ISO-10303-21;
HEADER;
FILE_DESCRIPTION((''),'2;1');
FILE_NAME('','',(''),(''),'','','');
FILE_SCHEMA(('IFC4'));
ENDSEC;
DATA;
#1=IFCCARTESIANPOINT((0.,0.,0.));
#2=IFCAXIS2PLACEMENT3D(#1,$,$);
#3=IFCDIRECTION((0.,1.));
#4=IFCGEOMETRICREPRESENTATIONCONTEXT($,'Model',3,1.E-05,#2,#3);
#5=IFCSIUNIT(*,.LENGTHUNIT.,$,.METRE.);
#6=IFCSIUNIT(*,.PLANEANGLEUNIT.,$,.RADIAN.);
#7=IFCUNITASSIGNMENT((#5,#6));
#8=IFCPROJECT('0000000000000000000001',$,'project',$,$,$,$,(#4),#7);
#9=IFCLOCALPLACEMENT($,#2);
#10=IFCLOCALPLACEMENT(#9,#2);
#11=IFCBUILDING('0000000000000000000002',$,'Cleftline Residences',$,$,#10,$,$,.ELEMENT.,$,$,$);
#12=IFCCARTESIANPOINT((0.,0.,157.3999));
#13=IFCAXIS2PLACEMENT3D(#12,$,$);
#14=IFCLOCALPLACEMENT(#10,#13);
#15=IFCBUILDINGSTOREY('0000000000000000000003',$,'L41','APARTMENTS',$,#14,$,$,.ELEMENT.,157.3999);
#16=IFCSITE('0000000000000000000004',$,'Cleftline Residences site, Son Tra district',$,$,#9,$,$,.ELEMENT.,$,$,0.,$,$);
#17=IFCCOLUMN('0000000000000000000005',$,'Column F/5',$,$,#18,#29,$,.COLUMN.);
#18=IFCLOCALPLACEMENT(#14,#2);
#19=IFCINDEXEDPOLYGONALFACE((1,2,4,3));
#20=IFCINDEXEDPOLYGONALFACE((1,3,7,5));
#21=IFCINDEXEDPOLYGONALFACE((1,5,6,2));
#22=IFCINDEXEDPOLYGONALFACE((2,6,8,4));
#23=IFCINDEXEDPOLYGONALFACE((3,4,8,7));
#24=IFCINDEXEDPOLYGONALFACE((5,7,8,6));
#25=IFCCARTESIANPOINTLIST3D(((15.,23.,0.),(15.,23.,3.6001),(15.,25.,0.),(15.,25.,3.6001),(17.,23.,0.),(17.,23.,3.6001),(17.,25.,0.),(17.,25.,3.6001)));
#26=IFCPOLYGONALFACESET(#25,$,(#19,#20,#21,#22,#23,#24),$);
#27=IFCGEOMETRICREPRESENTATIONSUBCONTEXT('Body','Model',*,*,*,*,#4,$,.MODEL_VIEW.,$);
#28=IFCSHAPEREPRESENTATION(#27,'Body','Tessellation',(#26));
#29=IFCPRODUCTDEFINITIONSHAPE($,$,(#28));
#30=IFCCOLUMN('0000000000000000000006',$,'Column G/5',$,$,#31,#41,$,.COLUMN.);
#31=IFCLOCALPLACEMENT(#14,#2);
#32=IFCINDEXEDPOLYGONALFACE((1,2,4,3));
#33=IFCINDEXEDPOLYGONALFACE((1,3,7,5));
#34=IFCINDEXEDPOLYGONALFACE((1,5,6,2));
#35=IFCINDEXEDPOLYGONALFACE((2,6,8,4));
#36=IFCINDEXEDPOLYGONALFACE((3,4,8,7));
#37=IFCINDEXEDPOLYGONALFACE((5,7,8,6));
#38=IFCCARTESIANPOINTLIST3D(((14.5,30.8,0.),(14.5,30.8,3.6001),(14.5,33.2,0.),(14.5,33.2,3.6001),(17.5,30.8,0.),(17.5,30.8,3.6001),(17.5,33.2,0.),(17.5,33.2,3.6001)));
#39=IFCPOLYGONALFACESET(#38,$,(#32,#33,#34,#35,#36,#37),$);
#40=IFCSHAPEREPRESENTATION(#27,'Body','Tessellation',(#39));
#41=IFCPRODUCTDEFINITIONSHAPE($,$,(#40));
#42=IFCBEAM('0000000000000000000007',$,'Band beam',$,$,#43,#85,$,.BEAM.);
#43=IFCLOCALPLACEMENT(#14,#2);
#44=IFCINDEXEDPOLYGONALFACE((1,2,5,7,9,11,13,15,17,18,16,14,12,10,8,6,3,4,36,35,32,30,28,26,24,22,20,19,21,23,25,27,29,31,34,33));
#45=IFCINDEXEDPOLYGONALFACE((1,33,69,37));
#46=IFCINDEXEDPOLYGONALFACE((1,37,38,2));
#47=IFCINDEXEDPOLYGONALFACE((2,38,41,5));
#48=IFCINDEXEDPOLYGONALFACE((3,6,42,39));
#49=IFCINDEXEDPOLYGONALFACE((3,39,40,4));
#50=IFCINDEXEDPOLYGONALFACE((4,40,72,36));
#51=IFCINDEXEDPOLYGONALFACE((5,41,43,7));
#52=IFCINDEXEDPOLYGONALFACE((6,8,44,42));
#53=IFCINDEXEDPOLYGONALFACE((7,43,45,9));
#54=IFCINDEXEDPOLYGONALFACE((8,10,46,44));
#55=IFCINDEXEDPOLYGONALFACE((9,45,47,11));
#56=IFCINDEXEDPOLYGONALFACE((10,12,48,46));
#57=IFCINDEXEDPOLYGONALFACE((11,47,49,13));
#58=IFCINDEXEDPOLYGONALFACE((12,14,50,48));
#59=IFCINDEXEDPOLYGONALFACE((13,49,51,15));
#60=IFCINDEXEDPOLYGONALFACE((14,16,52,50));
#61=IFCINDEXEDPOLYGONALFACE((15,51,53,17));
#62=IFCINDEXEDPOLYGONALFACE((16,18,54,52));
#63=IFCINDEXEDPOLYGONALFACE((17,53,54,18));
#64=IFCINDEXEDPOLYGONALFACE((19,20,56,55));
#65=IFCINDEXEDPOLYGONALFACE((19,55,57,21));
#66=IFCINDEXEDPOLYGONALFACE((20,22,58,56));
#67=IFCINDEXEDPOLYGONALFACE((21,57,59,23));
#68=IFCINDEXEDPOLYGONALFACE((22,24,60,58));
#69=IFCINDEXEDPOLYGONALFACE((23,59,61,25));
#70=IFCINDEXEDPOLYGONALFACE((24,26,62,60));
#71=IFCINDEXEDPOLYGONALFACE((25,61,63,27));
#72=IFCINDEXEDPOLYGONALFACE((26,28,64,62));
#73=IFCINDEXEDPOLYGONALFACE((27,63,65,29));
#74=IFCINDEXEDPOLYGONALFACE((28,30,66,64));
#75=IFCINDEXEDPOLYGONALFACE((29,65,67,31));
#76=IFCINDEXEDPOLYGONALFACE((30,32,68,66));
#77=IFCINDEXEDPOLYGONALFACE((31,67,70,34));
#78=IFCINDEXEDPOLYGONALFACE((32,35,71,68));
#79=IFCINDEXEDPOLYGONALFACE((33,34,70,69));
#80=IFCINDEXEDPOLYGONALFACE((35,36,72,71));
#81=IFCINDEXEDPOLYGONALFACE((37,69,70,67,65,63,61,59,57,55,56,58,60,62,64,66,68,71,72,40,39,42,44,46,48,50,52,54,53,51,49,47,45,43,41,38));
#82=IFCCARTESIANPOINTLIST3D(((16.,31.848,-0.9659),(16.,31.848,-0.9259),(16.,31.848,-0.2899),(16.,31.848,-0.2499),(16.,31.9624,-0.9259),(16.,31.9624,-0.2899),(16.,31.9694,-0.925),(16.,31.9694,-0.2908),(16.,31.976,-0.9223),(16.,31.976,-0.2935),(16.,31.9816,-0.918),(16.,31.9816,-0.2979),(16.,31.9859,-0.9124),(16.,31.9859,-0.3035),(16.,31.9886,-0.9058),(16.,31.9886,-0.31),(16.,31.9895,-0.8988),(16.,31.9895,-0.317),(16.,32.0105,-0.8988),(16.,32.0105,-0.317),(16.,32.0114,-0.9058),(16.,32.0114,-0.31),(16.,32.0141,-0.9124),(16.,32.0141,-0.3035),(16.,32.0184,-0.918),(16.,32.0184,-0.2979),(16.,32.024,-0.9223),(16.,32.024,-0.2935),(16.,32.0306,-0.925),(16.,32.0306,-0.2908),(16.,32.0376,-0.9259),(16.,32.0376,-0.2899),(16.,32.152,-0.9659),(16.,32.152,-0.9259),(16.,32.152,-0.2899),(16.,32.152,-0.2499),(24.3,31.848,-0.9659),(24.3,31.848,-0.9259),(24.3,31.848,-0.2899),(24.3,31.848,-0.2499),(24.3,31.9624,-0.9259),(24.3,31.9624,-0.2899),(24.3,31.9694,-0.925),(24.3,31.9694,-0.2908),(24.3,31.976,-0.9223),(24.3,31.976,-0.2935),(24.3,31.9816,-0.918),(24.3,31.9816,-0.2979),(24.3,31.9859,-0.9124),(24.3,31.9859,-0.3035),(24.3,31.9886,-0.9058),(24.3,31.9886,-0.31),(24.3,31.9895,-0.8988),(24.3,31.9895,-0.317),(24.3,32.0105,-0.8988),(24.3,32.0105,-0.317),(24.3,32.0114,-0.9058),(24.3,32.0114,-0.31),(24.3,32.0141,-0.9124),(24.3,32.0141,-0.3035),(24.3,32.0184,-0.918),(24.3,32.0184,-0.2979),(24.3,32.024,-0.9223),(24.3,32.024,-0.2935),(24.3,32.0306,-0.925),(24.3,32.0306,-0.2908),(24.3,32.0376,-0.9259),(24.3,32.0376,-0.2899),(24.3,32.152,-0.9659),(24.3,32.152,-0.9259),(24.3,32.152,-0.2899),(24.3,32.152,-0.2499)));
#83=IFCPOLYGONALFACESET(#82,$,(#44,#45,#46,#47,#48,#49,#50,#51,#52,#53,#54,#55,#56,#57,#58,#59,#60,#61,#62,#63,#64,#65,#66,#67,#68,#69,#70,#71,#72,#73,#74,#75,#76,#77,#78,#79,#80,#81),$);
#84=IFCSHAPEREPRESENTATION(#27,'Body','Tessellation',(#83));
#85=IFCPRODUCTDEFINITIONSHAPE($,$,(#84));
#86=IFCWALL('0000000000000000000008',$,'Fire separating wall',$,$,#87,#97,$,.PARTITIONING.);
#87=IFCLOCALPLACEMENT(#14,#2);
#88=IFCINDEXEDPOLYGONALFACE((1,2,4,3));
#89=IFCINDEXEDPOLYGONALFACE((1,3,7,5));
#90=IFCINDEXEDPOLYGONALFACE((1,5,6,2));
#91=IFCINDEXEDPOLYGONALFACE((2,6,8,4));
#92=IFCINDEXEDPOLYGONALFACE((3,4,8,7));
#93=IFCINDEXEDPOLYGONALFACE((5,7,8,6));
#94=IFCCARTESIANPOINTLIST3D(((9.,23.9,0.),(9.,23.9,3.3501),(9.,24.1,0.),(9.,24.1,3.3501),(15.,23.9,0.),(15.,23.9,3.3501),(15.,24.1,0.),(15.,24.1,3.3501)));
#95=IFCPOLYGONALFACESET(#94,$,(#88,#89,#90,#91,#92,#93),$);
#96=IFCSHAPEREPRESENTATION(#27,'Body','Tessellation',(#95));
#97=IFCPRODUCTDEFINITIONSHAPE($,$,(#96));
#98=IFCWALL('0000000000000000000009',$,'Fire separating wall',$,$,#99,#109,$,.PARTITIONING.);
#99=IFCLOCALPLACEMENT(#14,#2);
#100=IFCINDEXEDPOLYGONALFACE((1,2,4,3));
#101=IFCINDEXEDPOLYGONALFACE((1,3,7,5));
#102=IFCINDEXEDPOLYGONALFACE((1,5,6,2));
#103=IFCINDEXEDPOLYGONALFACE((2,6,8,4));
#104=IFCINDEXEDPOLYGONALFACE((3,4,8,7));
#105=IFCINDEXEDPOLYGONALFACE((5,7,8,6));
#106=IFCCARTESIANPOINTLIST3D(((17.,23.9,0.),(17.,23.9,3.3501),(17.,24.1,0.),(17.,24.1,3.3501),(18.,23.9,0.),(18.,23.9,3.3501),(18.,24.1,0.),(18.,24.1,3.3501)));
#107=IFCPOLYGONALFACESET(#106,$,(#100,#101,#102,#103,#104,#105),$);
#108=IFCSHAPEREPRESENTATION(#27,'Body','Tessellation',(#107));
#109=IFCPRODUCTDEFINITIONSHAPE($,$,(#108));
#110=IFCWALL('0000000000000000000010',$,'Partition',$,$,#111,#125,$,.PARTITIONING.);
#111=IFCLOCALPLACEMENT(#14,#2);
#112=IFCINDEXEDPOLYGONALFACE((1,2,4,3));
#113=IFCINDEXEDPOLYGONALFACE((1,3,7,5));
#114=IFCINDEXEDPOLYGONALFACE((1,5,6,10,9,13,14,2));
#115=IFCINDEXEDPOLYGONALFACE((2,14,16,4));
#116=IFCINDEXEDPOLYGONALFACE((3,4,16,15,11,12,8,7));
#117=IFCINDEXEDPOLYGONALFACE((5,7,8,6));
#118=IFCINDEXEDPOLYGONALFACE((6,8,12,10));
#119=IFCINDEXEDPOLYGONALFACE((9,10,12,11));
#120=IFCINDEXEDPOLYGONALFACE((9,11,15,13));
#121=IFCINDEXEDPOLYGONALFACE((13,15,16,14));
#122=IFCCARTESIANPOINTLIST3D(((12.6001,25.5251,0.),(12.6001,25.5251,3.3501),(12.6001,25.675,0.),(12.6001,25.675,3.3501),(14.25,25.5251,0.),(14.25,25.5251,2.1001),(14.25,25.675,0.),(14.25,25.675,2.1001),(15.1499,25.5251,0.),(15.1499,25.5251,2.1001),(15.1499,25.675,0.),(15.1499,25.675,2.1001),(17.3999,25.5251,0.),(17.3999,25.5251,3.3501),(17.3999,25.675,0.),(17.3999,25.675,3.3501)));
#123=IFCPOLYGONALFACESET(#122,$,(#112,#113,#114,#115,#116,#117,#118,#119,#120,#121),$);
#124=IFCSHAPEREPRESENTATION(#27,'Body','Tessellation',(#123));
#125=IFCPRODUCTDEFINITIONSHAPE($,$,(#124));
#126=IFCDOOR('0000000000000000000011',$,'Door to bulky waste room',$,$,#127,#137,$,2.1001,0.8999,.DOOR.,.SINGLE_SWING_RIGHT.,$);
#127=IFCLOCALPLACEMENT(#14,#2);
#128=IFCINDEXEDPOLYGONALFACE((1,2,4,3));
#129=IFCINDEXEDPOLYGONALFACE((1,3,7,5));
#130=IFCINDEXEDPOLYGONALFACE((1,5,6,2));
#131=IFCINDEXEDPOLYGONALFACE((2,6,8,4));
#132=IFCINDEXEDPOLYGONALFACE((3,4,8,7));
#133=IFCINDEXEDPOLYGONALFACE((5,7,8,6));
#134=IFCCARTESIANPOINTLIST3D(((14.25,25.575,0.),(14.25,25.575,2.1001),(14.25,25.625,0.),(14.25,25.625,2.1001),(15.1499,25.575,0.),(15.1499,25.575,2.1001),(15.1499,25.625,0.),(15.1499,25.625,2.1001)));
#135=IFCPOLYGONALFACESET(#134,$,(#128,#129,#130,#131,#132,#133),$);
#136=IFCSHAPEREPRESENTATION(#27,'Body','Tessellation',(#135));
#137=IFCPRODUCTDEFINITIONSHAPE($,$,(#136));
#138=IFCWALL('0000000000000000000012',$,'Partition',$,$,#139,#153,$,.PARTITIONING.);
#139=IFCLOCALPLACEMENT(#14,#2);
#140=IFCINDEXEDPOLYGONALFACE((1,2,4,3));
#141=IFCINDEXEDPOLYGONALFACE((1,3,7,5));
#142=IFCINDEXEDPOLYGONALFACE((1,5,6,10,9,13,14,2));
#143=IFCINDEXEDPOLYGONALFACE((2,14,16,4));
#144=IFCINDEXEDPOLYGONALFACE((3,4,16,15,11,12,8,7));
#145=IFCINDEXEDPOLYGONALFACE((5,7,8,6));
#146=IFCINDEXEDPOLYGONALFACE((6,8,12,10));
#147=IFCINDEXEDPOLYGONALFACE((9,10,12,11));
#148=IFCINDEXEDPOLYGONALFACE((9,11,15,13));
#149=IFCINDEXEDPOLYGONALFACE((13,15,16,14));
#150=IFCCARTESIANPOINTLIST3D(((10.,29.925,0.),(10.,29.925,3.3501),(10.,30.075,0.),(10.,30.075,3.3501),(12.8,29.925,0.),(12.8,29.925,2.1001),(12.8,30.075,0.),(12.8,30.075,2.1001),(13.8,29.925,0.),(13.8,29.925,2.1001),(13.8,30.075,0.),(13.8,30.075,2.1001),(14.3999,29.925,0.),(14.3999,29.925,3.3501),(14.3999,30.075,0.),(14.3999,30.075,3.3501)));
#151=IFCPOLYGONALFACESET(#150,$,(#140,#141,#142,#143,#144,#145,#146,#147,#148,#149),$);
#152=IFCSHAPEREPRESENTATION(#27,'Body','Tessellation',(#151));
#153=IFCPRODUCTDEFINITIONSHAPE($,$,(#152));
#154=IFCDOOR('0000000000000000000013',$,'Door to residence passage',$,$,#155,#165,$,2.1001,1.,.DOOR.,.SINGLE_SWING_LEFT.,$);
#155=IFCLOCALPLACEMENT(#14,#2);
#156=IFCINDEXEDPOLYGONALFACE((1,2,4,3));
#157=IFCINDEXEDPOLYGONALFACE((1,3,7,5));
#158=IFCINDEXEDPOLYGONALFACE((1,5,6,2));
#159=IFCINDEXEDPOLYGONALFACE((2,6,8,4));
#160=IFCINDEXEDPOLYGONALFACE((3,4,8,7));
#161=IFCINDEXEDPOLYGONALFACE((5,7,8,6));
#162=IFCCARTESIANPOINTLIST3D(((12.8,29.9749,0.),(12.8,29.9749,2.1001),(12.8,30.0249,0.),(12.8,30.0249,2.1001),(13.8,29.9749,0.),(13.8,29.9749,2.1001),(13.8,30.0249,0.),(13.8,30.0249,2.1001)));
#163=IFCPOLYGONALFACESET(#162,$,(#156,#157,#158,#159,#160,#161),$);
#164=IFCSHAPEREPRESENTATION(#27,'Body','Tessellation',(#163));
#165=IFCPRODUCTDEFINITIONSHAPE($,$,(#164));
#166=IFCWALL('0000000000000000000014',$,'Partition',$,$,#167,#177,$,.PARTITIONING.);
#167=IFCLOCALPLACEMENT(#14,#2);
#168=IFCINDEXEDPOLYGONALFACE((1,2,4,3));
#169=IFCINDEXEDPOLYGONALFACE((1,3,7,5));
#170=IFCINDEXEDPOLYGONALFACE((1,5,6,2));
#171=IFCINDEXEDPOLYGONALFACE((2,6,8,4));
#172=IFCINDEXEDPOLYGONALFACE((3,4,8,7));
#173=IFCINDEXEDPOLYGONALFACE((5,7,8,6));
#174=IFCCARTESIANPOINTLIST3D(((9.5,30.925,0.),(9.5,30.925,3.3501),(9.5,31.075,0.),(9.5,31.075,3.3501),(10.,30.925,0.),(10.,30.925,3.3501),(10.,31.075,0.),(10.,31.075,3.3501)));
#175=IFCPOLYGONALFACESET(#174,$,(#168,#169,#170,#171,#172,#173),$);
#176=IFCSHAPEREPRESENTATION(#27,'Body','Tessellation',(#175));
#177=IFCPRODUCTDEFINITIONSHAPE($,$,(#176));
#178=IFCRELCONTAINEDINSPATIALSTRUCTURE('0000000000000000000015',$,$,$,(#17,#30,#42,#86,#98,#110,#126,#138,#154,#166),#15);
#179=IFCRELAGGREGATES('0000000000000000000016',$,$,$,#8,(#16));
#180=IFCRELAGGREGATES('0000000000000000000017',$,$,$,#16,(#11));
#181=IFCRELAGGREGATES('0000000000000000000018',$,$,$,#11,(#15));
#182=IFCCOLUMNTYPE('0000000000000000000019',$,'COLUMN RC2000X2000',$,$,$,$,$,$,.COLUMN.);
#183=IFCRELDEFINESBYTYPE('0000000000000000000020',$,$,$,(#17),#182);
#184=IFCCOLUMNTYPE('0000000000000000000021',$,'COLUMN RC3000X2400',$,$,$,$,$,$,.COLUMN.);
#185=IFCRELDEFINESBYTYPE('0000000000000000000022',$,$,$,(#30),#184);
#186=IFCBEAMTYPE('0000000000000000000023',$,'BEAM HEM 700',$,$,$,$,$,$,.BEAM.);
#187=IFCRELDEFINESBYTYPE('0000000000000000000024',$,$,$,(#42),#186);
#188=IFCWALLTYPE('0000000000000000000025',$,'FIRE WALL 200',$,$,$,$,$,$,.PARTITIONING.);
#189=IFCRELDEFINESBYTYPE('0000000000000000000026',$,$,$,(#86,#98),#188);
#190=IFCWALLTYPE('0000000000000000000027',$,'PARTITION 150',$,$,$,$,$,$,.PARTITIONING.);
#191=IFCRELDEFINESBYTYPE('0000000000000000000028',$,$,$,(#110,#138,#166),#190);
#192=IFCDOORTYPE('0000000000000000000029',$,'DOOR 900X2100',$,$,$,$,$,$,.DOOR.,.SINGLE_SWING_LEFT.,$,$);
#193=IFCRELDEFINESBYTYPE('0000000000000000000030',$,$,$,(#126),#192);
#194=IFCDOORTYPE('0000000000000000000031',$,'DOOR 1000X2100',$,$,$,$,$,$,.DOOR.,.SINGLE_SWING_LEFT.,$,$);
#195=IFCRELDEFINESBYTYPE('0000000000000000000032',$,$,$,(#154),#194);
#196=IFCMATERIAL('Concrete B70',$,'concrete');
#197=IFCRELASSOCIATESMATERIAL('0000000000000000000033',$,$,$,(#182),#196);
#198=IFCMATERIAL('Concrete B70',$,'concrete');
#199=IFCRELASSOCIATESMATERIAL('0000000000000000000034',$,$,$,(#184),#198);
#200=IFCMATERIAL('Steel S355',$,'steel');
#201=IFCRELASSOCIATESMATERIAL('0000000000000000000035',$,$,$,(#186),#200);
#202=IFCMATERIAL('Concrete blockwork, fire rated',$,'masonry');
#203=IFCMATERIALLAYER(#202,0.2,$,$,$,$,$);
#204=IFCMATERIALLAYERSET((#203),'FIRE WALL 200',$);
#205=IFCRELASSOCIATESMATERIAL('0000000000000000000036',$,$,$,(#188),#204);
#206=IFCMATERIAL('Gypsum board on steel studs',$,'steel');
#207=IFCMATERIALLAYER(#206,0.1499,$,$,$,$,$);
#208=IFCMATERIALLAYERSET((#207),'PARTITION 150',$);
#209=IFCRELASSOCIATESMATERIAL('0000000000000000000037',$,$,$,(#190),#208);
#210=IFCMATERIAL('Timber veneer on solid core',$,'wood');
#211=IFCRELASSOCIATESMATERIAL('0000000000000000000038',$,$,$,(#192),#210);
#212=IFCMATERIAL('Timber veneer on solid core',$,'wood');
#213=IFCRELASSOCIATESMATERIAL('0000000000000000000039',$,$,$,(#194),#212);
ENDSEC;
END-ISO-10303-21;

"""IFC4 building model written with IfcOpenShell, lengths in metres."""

from ifc_helpers import new_model, si_unit, direction, frame, frame_2d, origin, origin_2d, place, context, subcontext, project, spatial, rectangle, i_section, extrude, material, layer, layer_set, material_profile, profile_set, type_object, element, fill, save


model = new_model("IFC4")

# Units and contexts
model_context = context("Model", 3, precision=1e-05, world=origin(), true_north=direction((0.0, 1.0)))
body_context = subcontext(model_context, "Body", "Model", "MODEL_VIEW")
ifc_project = project(units=[si_unit("LENGTHUNIT", "METRE"), si_unit("PLANEANGLEUNIT", "RADIAN")], contexts=[model_context])

# Site, building, storey
site_placement = place(None, origin())
site = spatial("IfcSite", under=ifc_project, at=site_placement, Name="Cleftline Residences site, Son Tra district", CompositionType="ELEMENT", RefElevation=0.0)
building_placement = place(site_placement, origin())
building = spatial("IfcBuilding", under=site, at=building_placement, Name="Cleftline Residences", CompositionType="ELEMENT")
storey_placement = place(building_placement, frame((0.0, 0.0, 157.3999)))
storey = spatial("IfcBuildingStorey", under=building, at=storey_placement, Name="L41", Description="APARTMENTS", CompositionType="ELEMENT", Elevation=157.3999)

# Columns
ifc_material_1 = material(Name="Concrete B70", Category="concrete")
ifc_material_profile_1 = material_profile(ifc_material_1, rectangle(XDim=2.0, YDim=2.0, at=origin_2d()))
ifc_profile_set_1 = profile_set([ifc_material_profile_1], Name="Concrete B70")
column_type_1 = type_object("IfcColumnType", Name="COLUMN RC2000X2000", PredefinedType="COLUMN", material=ifc_profile_set_1)
column_1_placement = place(storey_placement, frame((16.0, 24.0, 0.0), z_axis=(0.0, 0.0, 1.0), x_axis=(1.0, 0.0, 0.0)))
element("IfcColumn", 1, at=column_1_placement, inside=storey, type_object=column_type_1, Name="Column F/5", PredefinedType="COLUMN", context=body_context, shape_type="SweptSolid", body=[
    extrude(rectangle(XDim=2.0, YDim=2.0, at=origin_2d()), origin(), (0.0, 0.0, 1.0), 3.6001),
])
ifc_material_2 = material(Name="Concrete B70", Category="concrete")
ifc_material_profile_2 = material_profile(ifc_material_2, rectangle(XDim=3.0, YDim=2.3999, at=origin_2d()))
ifc_profile_set_2 = profile_set([ifc_material_profile_2], Name="Concrete B70")
column_type_2 = type_object("IfcColumnType", Name="COLUMN RC3000X2400", PredefinedType="COLUMN", material=ifc_profile_set_2)
column_2_placement = place(storey_placement, frame((16.0, 32.0, 0.0), z_axis=(0.0, 0.0, 1.0), x_axis=(1.0, 0.0, 0.0)))
element("IfcColumn", 2, at=column_2_placement, inside=storey, type_object=column_type_2, Name="Column G/5", PredefinedType="COLUMN", context=body_context, shape_type="SweptSolid", body=[
    extrude(rectangle(XDim=3.0, YDim=2.3999, at=origin_2d()), origin(), (0.0, 0.0, 1.0), 3.6001),
])

# Beam
ifc_material_3 = material(Name="Steel S355", Category="steel")
ifc_material_profile_3 = material_profile(ifc_material_3, i_section(OverallWidth=0.304, OverallDepth=0.7161, WebThickness=0.021, FlangeThickness=0.04, FilletRadius=0.0271, at=origin_2d()))
ifc_profile_set_3 = profile_set([ifc_material_profile_3], Name="Steel S355")
beam_type = type_object("IfcBeamType", Name="BEAM HEM 700", PredefinedType="BEAM", material=ifc_profile_set_3)
beam_placement = place(storey_placement, frame((16.0, 32.0, -0.6079), z_axis=(1.0, 0.0, 0.0), x_axis=(0.0, 1.0, 0.0)))
element("IfcBeam", 3, at=beam_placement, inside=storey, type_object=beam_type, Name="Band beam", PredefinedType="BEAM", context=body_context, shape_type="SweptSolid", body=[
    extrude(i_section(OverallWidth=0.304, OverallDepth=0.7161, WebThickness=0.021, FlangeThickness=0.04, FilletRadius=0.0271, at=origin_2d()), origin(), (0.0, 0.0, 1.0), 8.3),
])

# Walls
ifc_material_4 = material(Name="Concrete blockwork, fire rated", Category="masonry")
ifc_layer_1 = layer(ifc_material_4, 0.2)
ifc_layer_set_1 = layer_set([ifc_layer_1], Name="FIRE WALL 200")
wall_type_1 = type_object("IfcWallType", Name="FIRE WALL 200", PredefinedType="PARTITIONING", material=ifc_layer_set_1)
wall_1_placement = place(storey_placement, frame((9.0, 24.0, 0.0), z_axis=(0.0, 0.0, 1.0), x_axis=(1.0, 0.0, 0.0)))
element("IfcWall", 4, at=wall_1_placement, inside=storey, type_object=wall_type_1, Name="Fire separating wall", PredefinedType="PARTITIONING", context=body_context, shape_type="SweptSolid", body=[
    extrude(rectangle(XDim=6.0, YDim=0.2, at=frame_2d((3.0, 0.0))), origin(), (0.0, 0.0, 1.0), 3.3501),
])
wall_2_placement = place(storey_placement, frame((17.0, 24.0, 0.0), z_axis=(0.0, 0.0, 1.0), x_axis=(1.0, 0.0, 0.0)))
element("IfcWall", 5, at=wall_2_placement, inside=storey, type_object=wall_type_1, Name="Fire separating wall", PredefinedType="PARTITIONING", context=body_context, shape_type="SweptSolid", body=[
    extrude(rectangle(XDim=1.0, YDim=0.2, at=frame_2d((0.5, 0.0))), origin(), (0.0, 0.0, 1.0), 3.3501),
])

# Walls, openings, doors
ifc_material_5 = material(Name="Gypsum board on steel studs", Category="steel")
ifc_layer_2 = layer(ifc_material_5, 0.1499)
ifc_layer_set_2 = layer_set([ifc_layer_2], Name="PARTITION 150")
wall_type_2 = type_object("IfcWallType", Name="PARTITION 150", PredefinedType="PARTITIONING", material=ifc_layer_set_2)
wall_3_placement = place(storey_placement, frame((12.6001, 25.6001, 0.0), z_axis=(0.0, 0.0, 1.0), x_axis=(1.0, 0.0, 0.0)))
wall_3 = element("IfcWall", 6, at=wall_3_placement, inside=storey, type_object=wall_type_2, Name="Partition", PredefinedType="PARTITIONING", context=body_context, shape_type="SweptSolid", body=[
    extrude(rectangle(XDim=4.7998, YDim=0.1499, at=frame_2d((2.3999, 0.0))), origin(), (0.0, 0.0, 1.0), 3.3501),
])
opening_1_placement = place(wall_3_placement, frame((1.6499, 0.0, 0.0)))
opening_1 = element("IfcOpeningElement", 7, at=opening_1_placement, cuts=wall_3, PredefinedType="OPENING", context=body_context, shape_type="SweptSolid", body=[
    extrude(rectangle(XDim=0.8999, YDim=2.1001, at=frame_2d((0.45, 1.05))), frame((0.0, 0.085, 0.0), z_axis=(0.0, -1.0, 0.0), x_axis=(1.0, 0.0, 0.0)), (0.0, 0.0, 1.0), 0.1699),
])
ifc_material_6 = material(Name="Timber veneer on solid core", Category="wood")
door_type_1 = type_object("IfcDoorType", Name="DOOR 900X2100", OperationType="SINGLE_SWING_LEFT", PredefinedType="DOOR", material=ifc_material_6)
door_1_placement = place(opening_1_placement, origin())
door_1 = element("IfcDoor", 8, at=door_1_placement, inside=storey, type_object=door_type_1, Name="Door to bulky waste room", OperationType="SINGLE_SWING_RIGHT", OverallHeight=2.1001, OverallWidth=0.8999, PredefinedType="DOOR", context=body_context, shape_type="SweptSolid", body=[
    extrude(rectangle(XDim=0.8999, YDim=2.1001, at=frame_2d((0.45, 1.05))), frame((0.0, 0.0249, 0.0), z_axis=(0.0, -1.0, 0.0), x_axis=(1.0, 0.0, 0.0)), (0.0, 0.0, 1.0), 0.05),
])
fill(opening_1, door_1)
wall_4_placement = place(storey_placement, frame((10.0, 30.0, 0.0), z_axis=(0.0, 0.0, 1.0), x_axis=(1.0, 0.0, 0.0)))
wall_4 = element("IfcWall", 9, at=wall_4_placement, inside=storey, type_object=wall_type_2, Name="Partition", PredefinedType="PARTITIONING", context=body_context, shape_type="SweptSolid", body=[
    extrude(rectangle(XDim=4.3999, YDim=0.1499, at=frame_2d((2.2, 0.0))), origin(), (0.0, 0.0, 1.0), 3.3501),
])
opening_2_placement = place(wall_4_placement, frame((2.8, 0.0, 0.0)))
opening_2 = element("IfcOpeningElement", 10, at=opening_2_placement, cuts=wall_4, PredefinedType="OPENING", context=body_context, shape_type="SweptSolid", body=[
    extrude(rectangle(XDim=1.0, YDim=2.1001, at=frame_2d((0.5, 1.05))), frame((0.0, 0.085, 0.0), z_axis=(0.0, -1.0, 0.0), x_axis=(1.0, 0.0, 0.0)), (0.0, 0.0, 1.0), 0.1699),
])
ifc_material_7 = material(Name="Timber veneer on solid core", Category="wood")
door_type_2 = type_object("IfcDoorType", Name="DOOR 1000X2100", OperationType="SINGLE_SWING_LEFT", PredefinedType="DOOR", material=ifc_material_7)
door_2_placement = place(opening_2_placement, origin())
door_2 = element("IfcDoor", 11, at=door_2_placement, inside=storey, type_object=door_type_2, Name="Door to residence passage", OperationType="SINGLE_SWING_LEFT", OverallHeight=2.1001, OverallWidth=1.0, PredefinedType="DOOR", context=body_context, shape_type="SweptSolid", body=[
    extrude(rectangle(XDim=1.0, YDim=2.1001, at=frame_2d((0.5, 1.05))), frame((0.0, 0.0249, 0.0), z_axis=(0.0, -1.0, 0.0), x_axis=(1.0, 0.0, 0.0)), (0.0, 0.0, 1.0), 0.05),
])
fill(opening_2, door_2)

# Wall
wall_5_placement = place(storey_placement, frame((9.5, 31.0, 0.0), z_axis=(0.0, 0.0, 1.0), x_axis=(1.0, 0.0, 0.0)))
element("IfcWall", 12, at=wall_5_placement, inside=storey, type_object=wall_type_2, Name="Partition", PredefinedType="PARTITIONING", context=body_context, shape_type="SweptSolid", body=[
    extrude(rectangle(XDim=0.5, YDim=0.1499, at=frame_2d((0.25, 0.0))), origin(), (0.0, 0.0, 1.0), 3.3501),
])

save(model, "model.ifc")
